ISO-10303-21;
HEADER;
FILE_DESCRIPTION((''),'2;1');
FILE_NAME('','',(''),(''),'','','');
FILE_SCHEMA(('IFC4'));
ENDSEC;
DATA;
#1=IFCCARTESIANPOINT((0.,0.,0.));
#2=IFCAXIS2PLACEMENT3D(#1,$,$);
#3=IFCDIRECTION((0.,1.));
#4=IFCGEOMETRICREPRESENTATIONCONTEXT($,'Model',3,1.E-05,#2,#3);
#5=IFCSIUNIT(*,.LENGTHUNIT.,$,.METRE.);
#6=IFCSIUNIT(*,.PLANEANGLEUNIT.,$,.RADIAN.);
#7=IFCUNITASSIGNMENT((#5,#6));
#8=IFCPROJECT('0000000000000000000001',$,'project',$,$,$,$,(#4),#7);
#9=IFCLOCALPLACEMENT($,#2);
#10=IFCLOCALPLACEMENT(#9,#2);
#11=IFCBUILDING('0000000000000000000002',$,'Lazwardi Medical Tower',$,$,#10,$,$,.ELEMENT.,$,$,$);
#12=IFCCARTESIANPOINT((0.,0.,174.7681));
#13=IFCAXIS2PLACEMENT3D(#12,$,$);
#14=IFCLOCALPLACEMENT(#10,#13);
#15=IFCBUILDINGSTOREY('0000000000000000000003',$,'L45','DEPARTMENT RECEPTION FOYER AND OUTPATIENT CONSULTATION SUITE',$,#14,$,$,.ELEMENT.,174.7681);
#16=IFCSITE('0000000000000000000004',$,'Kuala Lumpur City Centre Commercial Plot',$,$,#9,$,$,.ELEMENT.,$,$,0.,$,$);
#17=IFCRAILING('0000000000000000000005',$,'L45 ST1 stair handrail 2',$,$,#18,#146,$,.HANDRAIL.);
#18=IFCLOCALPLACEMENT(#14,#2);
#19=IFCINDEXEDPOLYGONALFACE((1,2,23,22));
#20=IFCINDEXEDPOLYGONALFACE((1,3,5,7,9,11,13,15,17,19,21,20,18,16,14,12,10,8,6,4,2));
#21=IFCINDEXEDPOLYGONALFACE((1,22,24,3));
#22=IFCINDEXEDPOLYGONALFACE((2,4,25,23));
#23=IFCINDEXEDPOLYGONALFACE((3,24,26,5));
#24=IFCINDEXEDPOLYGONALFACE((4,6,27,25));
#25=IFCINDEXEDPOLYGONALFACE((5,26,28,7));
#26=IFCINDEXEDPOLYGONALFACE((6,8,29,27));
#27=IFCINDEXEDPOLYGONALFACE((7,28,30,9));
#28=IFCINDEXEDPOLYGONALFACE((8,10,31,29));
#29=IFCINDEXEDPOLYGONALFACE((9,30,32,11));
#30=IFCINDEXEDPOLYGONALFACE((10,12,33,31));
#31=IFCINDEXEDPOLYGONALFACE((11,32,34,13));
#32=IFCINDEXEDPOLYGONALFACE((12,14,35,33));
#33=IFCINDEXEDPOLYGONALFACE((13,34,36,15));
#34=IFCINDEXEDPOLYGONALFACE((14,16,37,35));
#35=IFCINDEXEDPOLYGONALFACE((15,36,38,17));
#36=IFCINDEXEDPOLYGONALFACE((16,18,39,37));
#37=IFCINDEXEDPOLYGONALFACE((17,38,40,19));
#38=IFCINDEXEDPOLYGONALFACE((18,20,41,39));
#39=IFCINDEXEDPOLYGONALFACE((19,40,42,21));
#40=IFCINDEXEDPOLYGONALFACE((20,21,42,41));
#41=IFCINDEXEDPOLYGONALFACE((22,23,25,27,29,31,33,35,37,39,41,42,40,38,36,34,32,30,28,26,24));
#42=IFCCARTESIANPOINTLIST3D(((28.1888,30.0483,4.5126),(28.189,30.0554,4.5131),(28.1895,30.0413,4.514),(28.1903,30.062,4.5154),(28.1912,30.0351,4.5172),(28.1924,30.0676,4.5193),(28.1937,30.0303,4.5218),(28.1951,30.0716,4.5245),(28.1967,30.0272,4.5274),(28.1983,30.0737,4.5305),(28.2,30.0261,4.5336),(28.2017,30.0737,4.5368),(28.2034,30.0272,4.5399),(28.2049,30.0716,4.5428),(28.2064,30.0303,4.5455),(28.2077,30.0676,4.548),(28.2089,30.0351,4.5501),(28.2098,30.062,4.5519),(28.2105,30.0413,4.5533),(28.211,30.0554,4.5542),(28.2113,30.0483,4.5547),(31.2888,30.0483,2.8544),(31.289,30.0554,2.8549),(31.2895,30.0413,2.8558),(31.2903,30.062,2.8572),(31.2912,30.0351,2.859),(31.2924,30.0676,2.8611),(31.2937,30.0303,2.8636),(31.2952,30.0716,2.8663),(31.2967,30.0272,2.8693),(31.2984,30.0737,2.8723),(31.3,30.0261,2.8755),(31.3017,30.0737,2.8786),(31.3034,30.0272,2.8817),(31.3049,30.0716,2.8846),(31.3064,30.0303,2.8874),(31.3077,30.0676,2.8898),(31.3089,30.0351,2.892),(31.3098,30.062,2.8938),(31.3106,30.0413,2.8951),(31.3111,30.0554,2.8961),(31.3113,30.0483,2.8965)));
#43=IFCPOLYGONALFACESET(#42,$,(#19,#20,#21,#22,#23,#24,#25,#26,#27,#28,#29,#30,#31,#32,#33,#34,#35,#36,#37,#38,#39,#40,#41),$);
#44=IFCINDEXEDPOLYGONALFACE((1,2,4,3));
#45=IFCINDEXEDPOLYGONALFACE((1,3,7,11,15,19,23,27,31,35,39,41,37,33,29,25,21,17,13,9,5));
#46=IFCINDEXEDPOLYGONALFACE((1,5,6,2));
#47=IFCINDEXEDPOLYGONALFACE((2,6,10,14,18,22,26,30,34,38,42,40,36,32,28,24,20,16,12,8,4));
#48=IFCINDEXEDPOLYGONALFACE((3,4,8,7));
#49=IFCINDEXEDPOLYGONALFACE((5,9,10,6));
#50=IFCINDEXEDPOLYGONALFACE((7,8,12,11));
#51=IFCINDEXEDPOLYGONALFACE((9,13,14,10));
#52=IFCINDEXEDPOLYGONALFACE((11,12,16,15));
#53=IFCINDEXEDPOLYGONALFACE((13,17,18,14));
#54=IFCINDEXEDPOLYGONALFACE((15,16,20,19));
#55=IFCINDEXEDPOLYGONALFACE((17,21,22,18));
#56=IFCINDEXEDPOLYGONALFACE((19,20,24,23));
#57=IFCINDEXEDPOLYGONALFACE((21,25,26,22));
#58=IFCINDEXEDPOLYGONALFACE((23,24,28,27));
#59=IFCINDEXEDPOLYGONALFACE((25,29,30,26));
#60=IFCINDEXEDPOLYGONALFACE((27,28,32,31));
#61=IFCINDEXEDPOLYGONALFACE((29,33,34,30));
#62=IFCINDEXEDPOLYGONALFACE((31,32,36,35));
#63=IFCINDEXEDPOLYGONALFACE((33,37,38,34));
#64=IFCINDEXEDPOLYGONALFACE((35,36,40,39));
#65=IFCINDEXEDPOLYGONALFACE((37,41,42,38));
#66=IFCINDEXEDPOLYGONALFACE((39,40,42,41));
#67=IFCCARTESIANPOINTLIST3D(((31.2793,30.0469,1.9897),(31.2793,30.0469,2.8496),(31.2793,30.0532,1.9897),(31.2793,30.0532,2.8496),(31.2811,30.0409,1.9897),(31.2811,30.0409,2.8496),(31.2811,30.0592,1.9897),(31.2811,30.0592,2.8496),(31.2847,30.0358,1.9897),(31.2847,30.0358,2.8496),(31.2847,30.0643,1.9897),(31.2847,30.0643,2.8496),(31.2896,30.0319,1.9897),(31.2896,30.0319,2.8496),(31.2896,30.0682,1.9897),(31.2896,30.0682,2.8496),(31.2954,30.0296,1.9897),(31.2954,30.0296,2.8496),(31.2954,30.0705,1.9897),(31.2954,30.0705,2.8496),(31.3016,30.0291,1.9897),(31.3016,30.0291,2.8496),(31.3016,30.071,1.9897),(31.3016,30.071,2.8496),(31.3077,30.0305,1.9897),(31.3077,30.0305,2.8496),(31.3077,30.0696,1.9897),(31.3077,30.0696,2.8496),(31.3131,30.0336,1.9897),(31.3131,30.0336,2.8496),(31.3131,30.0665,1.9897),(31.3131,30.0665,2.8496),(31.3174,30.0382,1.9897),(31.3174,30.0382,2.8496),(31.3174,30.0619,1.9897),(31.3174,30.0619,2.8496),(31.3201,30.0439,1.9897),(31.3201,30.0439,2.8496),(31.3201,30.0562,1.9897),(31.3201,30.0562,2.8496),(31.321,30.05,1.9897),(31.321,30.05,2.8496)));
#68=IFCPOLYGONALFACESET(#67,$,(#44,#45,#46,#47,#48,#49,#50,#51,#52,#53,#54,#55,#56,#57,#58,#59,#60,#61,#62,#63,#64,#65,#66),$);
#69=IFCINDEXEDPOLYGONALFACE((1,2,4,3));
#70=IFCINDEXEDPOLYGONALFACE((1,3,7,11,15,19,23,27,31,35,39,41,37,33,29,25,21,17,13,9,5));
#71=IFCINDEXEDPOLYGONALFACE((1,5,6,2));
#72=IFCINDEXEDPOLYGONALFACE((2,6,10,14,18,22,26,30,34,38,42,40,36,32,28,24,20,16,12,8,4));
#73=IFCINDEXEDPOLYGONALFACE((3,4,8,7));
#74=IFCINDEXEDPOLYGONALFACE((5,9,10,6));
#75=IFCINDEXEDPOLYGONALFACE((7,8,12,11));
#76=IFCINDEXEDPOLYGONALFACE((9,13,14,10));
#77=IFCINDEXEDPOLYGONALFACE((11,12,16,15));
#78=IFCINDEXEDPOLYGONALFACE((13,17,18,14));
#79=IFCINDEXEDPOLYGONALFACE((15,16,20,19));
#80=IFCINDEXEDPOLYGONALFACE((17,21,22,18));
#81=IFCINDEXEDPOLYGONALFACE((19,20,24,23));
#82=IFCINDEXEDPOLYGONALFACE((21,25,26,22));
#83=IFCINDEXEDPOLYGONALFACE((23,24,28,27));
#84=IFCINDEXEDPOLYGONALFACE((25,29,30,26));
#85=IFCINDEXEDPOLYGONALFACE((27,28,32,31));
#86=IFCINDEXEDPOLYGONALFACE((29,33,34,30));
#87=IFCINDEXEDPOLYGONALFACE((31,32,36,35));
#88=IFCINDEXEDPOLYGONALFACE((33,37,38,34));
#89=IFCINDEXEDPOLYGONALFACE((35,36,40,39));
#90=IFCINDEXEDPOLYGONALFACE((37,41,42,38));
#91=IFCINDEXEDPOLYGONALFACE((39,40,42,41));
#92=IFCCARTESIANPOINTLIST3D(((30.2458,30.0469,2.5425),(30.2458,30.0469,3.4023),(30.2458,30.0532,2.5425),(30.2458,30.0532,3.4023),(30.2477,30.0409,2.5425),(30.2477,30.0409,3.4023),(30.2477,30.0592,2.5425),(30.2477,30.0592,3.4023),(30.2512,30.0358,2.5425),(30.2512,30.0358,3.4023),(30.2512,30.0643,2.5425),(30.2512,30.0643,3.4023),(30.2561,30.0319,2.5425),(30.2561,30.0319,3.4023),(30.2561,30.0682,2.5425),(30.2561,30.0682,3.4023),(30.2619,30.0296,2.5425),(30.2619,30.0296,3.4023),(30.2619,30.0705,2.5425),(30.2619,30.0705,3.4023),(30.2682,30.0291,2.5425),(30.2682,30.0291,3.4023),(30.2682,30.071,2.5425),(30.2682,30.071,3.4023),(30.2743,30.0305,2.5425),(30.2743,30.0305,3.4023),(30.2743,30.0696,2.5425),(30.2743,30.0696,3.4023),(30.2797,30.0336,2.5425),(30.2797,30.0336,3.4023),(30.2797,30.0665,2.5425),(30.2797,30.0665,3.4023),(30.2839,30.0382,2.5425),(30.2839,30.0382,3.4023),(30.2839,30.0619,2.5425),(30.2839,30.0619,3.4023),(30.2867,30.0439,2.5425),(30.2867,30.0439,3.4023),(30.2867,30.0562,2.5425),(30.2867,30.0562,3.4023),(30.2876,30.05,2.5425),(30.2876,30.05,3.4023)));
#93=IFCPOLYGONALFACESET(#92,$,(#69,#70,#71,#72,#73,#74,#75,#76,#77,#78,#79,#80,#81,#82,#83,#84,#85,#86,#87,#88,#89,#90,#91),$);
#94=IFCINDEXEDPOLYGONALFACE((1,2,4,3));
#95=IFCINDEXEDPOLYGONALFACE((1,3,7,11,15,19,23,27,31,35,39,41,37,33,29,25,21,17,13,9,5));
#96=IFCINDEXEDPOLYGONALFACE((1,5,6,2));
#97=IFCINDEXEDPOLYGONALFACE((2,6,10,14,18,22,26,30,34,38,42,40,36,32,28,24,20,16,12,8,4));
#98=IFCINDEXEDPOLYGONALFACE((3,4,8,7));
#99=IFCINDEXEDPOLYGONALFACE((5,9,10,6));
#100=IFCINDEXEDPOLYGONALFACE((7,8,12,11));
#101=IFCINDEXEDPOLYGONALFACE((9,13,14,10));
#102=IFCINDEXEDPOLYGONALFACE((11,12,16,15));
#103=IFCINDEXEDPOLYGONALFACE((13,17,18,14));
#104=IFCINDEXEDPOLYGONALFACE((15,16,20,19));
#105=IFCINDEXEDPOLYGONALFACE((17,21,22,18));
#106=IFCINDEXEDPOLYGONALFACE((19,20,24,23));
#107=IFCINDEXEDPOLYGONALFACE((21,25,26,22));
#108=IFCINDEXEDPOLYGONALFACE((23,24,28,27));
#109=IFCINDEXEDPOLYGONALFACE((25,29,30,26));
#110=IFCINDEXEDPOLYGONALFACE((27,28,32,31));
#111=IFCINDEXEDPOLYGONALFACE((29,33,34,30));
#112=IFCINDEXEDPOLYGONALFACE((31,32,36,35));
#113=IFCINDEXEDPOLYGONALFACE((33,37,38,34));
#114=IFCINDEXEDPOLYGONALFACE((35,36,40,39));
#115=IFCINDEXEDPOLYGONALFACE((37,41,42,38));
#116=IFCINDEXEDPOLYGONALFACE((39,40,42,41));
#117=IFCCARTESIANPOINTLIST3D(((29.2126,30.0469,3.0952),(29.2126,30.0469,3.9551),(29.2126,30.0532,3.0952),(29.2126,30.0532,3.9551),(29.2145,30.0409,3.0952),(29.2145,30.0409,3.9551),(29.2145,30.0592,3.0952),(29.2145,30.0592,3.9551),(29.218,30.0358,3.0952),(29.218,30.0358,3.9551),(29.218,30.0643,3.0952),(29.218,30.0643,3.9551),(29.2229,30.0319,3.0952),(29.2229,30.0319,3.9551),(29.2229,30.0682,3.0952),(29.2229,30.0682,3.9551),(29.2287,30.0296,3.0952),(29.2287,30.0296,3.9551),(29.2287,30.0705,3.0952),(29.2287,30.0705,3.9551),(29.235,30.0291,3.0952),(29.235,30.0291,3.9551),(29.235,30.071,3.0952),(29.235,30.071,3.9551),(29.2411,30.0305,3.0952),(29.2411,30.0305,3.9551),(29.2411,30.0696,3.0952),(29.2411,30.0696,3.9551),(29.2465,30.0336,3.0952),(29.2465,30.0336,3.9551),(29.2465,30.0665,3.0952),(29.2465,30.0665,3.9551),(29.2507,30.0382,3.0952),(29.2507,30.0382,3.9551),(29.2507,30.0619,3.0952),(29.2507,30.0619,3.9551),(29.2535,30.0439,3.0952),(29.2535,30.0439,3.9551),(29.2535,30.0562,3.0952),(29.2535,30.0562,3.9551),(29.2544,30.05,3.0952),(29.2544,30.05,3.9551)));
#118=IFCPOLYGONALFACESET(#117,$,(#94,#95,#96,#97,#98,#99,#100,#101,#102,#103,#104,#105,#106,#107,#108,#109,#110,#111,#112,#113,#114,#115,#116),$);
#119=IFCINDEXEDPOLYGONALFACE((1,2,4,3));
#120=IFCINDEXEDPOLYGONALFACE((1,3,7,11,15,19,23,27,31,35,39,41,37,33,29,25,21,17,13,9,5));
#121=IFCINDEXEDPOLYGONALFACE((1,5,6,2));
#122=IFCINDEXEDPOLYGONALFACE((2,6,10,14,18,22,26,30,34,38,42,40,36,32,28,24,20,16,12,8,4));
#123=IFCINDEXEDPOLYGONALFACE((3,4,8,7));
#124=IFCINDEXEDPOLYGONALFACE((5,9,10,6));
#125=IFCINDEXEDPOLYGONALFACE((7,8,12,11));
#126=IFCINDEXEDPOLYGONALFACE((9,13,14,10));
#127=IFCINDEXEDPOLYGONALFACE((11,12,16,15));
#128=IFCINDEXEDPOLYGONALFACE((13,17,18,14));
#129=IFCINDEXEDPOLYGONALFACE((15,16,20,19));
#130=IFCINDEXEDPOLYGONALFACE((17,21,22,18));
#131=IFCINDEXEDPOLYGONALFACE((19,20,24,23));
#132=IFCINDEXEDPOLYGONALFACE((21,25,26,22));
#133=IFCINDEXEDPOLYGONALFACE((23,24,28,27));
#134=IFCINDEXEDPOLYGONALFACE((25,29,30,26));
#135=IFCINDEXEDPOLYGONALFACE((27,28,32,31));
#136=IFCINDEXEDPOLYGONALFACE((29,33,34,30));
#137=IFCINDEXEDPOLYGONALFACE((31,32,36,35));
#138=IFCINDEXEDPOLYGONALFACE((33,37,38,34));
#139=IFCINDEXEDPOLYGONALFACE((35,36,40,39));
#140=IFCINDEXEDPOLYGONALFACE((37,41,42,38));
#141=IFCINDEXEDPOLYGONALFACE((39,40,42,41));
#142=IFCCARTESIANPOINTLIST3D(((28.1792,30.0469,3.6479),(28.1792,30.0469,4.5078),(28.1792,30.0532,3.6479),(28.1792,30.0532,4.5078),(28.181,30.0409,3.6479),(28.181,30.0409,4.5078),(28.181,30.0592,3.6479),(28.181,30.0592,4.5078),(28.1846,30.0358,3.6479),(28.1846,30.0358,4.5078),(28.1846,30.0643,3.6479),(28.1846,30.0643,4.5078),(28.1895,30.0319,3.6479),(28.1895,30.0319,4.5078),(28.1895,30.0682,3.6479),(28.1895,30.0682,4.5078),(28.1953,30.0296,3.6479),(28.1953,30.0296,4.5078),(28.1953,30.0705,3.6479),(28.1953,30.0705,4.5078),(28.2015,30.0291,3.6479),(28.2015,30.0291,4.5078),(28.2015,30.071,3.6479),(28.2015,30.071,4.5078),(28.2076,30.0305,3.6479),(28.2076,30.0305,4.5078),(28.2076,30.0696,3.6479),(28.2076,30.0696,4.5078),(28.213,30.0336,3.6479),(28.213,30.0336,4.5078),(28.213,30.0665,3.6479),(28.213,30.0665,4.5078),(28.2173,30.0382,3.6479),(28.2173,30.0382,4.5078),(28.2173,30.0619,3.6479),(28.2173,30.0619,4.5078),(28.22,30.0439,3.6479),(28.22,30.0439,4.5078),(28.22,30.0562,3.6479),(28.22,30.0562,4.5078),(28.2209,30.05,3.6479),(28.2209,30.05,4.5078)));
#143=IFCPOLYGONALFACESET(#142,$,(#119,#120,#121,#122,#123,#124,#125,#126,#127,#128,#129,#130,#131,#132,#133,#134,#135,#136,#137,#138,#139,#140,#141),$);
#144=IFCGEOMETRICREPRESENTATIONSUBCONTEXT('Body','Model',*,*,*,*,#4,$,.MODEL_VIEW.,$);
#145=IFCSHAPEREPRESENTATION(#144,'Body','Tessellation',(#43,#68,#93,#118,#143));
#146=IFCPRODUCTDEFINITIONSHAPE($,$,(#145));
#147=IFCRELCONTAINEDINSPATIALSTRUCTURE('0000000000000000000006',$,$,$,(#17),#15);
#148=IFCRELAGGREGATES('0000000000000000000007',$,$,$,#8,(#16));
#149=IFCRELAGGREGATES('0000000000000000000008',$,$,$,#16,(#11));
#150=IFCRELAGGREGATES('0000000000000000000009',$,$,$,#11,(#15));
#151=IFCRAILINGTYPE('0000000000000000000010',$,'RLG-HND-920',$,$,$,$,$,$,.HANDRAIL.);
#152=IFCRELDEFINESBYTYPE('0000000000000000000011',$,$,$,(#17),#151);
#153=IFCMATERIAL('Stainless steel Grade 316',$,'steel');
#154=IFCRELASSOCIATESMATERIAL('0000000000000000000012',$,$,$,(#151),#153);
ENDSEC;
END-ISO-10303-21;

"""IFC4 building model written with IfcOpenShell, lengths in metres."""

from ifc_helpers import new_model, si_unit, direction, frame, origin, origin_2d, place, context, subcontext, project, spatial, circle, extrude, material, type_object, element, save


model = new_model("IFC4")

# Units and contexts
model_context = context("Model", 3, precision=1e-05, world=origin(), true_north=direction((0.0, 1.0)))
body_context = subcontext(model_context, "Body", "Model", "MODEL_VIEW")
ifc_project = project(units=[si_unit("LENGTHUNIT", "METRE"), si_unit("PLANEANGLEUNIT", "RADIAN")], contexts=[model_context])

# Site, building, storey
site_placement = place(None, origin())
site = spatial("IfcSite", under=ifc_project, at=site_placement, Name="Kuala Lumpur City Centre Commercial Plot", CompositionType="ELEMENT", RefElevation=0.0)
building_placement = place(site_placement, origin())
building = spatial("IfcBuilding", under=site, at=building_placement, Name="Lazwardi Medical Tower", CompositionType="ELEMENT")
storey_placement = place(building_placement, frame((0.0, 0.0, 174.7681)))
storey = spatial("IfcBuildingStorey", under=building, at=storey_placement, Name="L45", Description="DEPARTMENT RECEPTION FOYER AND OUTPATIENT CONSULTATION SUITE", CompositionType="ELEMENT", Elevation=174.7681)

# Railing
ifc_material_1 = material(Name="Stainless steel Grade 316", Category="steel")
railing_type_1 = type_object("IfcRailingType", Name="RLG-HND-920", PredefinedType="HANDRAIL", material=ifc_material_1)
railing_1_placement = place(storey_placement, frame((31.3, 30.05, 1.9897)))
element("IfcRailing", 1, at=railing_1_placement, inside=storey, type_object=railing_type_1, Name="L45 ST1 stair handrail 2", PredefinedType="HANDRAIL", context=body_context, shape_type="SweptSolid", body=[
    extrude(circle(Radius=0.0239, at=origin_2d()), frame((0.0, 0.0, 0.8857), z_axis=(-0.881783, 0.0, 0.471655), x_axis=(0.0, -1.0, 0.0)), (0.0, 0.0, 1.0), 3.5156),
    extrude(circle(Radius=0.021, at=origin_2d()), origin(), (0.0, 0.0, 1.0), 0.8599),
    extrude(circle(Radius=0.021, at=origin_2d()), frame((-1.0334, 0.0, 0.5527)), (0.0, 0.0, 1.0), 0.8599),
    extrude(circle(Radius=0.021, at=origin_2d()), frame((-2.0667, 0.0, 1.1055)), (0.0, 0.0, 1.0), 0.8599),
    extrude(circle(Radius=0.021, at=origin_2d()), frame((-3.1001, 0.0, 1.6582)), (0.0, 0.0, 1.0), 0.8599),
])

save(model, "model.ifc")
